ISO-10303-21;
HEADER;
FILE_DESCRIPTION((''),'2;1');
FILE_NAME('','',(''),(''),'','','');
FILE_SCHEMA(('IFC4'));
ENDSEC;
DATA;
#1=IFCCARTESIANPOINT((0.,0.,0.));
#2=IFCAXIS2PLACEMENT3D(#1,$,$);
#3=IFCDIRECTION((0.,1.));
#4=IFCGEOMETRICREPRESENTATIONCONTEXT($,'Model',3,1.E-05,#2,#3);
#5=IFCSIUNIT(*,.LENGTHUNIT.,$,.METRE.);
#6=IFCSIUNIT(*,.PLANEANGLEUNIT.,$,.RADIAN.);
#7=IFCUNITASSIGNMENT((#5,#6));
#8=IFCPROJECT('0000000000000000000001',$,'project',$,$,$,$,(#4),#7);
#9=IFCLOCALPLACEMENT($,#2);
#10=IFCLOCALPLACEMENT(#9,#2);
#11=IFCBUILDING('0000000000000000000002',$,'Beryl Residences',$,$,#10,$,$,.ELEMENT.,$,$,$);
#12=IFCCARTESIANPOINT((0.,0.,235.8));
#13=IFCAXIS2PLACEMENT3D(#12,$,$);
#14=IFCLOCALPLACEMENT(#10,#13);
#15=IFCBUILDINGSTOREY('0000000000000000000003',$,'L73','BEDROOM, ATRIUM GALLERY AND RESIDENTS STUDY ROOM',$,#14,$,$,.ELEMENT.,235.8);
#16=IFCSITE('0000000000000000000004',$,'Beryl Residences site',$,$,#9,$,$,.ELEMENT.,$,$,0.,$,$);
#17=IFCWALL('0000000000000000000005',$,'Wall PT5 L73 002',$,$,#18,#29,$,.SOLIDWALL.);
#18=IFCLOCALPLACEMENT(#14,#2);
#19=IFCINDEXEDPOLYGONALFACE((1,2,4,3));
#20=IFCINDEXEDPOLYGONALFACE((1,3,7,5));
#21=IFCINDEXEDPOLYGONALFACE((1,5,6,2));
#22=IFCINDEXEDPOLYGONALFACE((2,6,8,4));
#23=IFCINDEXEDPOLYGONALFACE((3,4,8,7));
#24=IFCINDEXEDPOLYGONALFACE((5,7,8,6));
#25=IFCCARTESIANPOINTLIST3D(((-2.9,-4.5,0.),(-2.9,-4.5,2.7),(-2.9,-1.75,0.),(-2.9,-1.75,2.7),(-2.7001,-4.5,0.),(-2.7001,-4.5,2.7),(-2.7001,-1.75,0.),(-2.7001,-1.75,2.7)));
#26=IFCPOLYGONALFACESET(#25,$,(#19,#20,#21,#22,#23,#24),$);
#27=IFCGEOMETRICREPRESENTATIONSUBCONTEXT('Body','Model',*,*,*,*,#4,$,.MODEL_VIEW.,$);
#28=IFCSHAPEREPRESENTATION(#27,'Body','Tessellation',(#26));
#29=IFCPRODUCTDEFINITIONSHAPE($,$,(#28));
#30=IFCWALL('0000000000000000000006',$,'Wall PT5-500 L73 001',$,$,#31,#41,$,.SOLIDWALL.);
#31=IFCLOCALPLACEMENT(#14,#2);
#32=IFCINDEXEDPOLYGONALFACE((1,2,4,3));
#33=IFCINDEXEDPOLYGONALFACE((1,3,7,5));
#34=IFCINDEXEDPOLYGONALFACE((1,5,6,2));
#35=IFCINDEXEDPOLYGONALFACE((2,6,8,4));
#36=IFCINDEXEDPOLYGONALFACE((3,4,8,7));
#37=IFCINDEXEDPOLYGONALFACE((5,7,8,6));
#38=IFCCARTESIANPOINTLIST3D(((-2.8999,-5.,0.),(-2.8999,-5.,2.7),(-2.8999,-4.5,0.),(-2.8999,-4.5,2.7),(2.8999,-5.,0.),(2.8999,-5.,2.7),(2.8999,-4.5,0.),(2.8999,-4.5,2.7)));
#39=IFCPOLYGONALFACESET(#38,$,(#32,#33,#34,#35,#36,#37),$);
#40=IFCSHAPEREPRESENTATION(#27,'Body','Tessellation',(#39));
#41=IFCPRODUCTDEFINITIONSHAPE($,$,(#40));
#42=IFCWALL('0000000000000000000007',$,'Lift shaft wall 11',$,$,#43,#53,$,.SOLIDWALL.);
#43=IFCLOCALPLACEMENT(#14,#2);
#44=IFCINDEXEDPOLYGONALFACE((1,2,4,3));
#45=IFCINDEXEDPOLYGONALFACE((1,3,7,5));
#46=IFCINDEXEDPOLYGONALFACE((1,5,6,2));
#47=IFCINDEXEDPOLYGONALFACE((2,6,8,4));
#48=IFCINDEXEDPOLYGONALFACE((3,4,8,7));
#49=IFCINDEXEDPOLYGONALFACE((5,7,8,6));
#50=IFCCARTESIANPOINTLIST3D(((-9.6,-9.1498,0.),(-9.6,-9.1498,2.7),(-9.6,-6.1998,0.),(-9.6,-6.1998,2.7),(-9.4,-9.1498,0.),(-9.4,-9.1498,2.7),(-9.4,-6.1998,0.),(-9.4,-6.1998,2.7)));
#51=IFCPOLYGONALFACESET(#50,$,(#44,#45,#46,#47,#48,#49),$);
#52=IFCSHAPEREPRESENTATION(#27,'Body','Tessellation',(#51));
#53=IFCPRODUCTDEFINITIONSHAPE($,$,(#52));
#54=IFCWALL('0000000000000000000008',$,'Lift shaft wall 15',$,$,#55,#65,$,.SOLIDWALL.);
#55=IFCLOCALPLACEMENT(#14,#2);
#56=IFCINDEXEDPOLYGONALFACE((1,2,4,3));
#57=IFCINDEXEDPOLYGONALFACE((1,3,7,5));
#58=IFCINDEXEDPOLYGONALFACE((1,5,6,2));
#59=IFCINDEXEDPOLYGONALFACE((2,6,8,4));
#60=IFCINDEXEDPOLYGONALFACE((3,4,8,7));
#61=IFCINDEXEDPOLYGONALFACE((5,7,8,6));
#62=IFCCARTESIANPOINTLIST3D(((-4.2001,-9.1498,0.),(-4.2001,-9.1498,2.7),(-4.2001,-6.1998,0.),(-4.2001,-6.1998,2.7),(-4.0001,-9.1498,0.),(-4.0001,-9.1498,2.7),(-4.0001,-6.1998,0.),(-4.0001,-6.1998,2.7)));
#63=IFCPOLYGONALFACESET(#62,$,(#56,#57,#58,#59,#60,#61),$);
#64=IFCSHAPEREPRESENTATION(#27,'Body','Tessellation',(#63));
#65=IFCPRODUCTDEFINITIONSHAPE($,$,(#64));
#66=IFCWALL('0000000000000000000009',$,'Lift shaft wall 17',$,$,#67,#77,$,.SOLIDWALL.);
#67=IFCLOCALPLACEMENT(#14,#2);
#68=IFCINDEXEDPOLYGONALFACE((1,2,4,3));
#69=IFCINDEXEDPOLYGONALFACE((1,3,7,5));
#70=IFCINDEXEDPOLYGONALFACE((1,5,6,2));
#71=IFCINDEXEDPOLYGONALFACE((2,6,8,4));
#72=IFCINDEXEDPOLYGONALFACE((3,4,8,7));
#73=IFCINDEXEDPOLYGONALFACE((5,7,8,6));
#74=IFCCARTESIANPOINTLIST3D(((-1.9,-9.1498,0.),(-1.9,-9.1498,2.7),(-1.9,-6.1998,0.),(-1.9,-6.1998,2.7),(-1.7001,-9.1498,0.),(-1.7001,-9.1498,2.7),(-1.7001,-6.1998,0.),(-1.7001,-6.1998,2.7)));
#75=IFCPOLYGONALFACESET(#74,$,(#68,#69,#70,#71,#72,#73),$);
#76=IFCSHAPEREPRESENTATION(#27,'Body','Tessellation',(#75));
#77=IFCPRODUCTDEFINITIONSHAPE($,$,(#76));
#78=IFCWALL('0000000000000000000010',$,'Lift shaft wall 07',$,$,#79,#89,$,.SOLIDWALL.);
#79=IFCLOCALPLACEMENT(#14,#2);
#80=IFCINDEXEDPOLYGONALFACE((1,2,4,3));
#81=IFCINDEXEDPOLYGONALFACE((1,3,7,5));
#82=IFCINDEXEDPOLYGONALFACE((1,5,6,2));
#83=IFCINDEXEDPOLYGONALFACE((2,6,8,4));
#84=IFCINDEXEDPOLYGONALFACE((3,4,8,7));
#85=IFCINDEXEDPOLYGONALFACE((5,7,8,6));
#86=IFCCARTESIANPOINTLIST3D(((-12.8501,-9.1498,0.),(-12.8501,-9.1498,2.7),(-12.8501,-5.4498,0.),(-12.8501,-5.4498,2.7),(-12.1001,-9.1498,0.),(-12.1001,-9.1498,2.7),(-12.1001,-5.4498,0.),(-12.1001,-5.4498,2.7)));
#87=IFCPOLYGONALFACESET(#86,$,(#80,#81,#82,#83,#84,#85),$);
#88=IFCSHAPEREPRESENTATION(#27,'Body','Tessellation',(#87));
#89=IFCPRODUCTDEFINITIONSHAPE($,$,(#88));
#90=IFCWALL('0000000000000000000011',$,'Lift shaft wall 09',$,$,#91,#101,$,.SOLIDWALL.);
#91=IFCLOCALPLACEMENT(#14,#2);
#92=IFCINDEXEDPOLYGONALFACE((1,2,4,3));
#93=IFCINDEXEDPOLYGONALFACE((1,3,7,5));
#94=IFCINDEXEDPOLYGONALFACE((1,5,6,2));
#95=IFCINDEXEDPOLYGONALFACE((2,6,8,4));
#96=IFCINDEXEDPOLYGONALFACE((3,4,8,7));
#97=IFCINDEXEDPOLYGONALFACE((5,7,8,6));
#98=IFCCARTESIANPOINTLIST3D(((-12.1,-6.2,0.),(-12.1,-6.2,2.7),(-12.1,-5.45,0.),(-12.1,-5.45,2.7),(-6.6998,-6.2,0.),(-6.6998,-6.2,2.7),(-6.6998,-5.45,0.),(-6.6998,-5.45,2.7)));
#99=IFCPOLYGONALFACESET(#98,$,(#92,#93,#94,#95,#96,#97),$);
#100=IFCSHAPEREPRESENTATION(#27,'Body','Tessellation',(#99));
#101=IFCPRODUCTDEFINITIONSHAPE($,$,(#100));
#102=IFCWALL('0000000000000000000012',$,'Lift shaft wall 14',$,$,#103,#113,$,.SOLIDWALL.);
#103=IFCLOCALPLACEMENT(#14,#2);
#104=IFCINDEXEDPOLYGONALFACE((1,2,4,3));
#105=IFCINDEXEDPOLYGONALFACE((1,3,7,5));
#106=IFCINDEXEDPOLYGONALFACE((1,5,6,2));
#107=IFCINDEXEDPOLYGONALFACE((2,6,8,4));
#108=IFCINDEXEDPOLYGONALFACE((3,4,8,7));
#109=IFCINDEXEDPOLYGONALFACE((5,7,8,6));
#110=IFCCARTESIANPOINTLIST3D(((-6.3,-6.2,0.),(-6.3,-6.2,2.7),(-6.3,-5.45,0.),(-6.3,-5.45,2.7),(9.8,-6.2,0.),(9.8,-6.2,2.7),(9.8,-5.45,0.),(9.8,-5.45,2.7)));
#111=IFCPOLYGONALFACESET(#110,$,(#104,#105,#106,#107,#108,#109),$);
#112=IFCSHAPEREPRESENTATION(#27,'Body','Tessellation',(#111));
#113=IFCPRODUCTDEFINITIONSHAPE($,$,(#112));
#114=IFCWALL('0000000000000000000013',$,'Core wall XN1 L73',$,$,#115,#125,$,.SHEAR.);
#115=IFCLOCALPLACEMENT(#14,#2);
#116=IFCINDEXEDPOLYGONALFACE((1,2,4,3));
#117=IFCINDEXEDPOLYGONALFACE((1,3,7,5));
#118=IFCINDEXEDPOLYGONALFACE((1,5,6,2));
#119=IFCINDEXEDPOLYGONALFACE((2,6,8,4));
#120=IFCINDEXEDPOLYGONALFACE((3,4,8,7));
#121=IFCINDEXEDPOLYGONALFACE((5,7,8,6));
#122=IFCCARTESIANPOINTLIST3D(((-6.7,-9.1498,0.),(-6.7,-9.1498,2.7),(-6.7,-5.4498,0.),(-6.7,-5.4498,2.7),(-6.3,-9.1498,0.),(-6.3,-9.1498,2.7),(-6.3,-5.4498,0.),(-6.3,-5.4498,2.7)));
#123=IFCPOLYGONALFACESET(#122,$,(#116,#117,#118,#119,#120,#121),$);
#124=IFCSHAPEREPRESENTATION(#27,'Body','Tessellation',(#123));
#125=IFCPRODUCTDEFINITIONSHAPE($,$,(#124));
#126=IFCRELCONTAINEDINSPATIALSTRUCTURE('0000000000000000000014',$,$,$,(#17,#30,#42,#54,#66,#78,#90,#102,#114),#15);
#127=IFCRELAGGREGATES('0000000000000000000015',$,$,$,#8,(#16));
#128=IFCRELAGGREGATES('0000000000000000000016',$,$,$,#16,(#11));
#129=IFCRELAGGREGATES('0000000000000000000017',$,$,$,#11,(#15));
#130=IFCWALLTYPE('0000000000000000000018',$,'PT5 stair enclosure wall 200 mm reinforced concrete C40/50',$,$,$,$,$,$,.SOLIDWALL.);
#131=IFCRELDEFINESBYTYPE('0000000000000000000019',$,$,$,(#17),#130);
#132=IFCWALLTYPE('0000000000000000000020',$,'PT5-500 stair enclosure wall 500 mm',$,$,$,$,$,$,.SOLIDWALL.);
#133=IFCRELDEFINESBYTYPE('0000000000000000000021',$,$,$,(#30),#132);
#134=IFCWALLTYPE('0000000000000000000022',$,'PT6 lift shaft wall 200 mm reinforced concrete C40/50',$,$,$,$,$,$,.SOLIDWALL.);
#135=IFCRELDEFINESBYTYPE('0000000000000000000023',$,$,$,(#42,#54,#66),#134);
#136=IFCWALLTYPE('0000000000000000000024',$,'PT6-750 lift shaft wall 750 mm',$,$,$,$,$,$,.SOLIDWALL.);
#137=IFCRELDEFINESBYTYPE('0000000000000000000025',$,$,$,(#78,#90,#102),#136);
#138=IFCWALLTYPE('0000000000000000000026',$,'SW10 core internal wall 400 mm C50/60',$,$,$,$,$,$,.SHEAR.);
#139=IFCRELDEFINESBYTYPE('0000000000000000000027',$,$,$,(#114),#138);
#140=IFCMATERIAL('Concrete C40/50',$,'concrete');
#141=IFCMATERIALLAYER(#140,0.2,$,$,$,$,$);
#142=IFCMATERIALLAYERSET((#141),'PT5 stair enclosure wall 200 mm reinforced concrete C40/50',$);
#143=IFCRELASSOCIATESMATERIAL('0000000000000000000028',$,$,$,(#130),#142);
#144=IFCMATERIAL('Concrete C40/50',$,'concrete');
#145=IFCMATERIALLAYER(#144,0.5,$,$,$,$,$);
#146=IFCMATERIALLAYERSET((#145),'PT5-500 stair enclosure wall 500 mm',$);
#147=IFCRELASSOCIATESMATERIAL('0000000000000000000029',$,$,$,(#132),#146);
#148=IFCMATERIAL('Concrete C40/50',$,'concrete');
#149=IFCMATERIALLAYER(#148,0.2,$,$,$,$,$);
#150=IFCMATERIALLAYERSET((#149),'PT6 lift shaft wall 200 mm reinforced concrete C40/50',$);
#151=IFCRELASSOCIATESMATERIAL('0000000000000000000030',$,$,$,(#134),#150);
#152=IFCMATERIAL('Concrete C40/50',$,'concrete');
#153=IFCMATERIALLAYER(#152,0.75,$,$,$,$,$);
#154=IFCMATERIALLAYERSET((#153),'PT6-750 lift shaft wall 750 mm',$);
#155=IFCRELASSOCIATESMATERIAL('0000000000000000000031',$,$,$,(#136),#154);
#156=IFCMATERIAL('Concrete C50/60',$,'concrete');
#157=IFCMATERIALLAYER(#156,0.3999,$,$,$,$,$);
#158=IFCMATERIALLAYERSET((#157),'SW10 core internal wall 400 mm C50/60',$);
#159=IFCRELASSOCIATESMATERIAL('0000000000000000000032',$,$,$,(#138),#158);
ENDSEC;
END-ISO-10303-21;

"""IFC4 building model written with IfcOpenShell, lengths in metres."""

from ifc_helpers import new_model, si_unit, direction, frame, frame_2d, origin, place, context, subcontext, project, spatial, rectangle, extrude, material, layer, layer_set, type_object, element, save


model = new_model("IFC4")

# Units and contexts
model_context = context("Model", 3, precision=1e-05, world=origin(), true_north=direction((0.0, 1.0)))
body_context = subcontext(model_context, "Body", "Model", "MODEL_VIEW")
ifc_project = project(units=[si_unit("LENGTHUNIT", "METRE"), si_unit("PLANEANGLEUNIT", "RADIAN")], contexts=[model_context])

# Site, building, storey
site_placement = place(None, origin())
site = spatial("IfcSite", under=ifc_project, at=site_placement, Name="Beryl Residences site", CompositionType="ELEMENT", RefElevation=0.0)
building_placement = place(site_placement, origin())
building = spatial("IfcBuilding", under=site, at=building_placement, Name="Beryl Residences", CompositionType="ELEMENT")
storey_placement = place(building_placement, frame((0.0, 0.0, 235.8)))
storey = spatial("IfcBuildingStorey", under=building, at=storey_placement, Name="L73", Description="BEDROOM, ATRIUM GALLERY AND RESIDENTS STUDY ROOM", CompositionType="ELEMENT", Elevation=235.8)

# Walls
ifc_material_1 = material(Name="Concrete C40/50", Category="concrete")
ifc_layer_1 = layer(ifc_material_1, 0.2)
ifc_layer_set_1 = layer_set([ifc_layer_1], Name="PT5 stair enclosure wall 200 mm reinforced concrete C40/50")
wall_type_1 = type_object("IfcWallType", Name="PT5 stair enclosure wall 200 mm reinforced concrete C40/50", PredefinedType="SOLIDWALL", material=ifc_layer_set_1)
wall_1_placement = place(storey_placement, frame((-2.8, -4.5, 0.0), z_axis=(0.0, 0.0, 1.0), x_axis=(0.0, 1.0, 0.0)))
element("IfcWall", 1, at=wall_1_placement, inside=storey, type_object=wall_type_1, Name="Wall PT5 L73 002", PredefinedType="SOLIDWALL", context=body_context, shape_type="SweptSolid", body=[
    extrude(rectangle(XDim=2.75, YDim=0.2, at=frame_2d((1.375, 0.0))), origin(), (0.0, 0.0, 1.0), 2.7),
])
ifc_material_2 = material(Name="Concrete C40/50", Category="concrete")
ifc_layer_2 = layer(ifc_material_2, 0.5)
ifc_layer_set_2 = layer_set([ifc_layer_2], Name="PT5-500 stair enclosure wall 500 mm")
wall_type_2 = type_object("IfcWallType", Name="PT5-500 stair enclosure wall 500 mm", PredefinedType="SOLIDWALL", material=ifc_layer_set_2)
wall_2_placement = place(storey_placement, frame((-2.8999, -4.75, 0.0), z_axis=(0.0, 0.0, 1.0), x_axis=(1.0, 0.0, 0.0)))
element("IfcWall", 2, at=wall_2_placement, inside=storey, type_object=wall_type_2, Name="Wall PT5-500 L73 001", PredefinedType="SOLIDWALL", context=body_context, shape_type="SweptSolid", body=[
    extrude(rectangle(XDim=5.7998, YDim=0.5, at=frame_2d((2.8999, 0.0))), origin(), (0.0, 0.0, 1.0), 2.7),
])
ifc_material_3 = material(Name="Concrete C40/50", Category="concrete")
ifc_layer_3 = layer(ifc_material_3, 0.2)
ifc_layer_set_3 = layer_set([ifc_layer_3], Name="PT6 lift shaft wall 200 mm reinforced concrete C40/50")
wall_type_3 = type_object("IfcWallType", Name="PT6 lift shaft wall 200 mm reinforced concrete C40/50", PredefinedType="SOLIDWALL", material=ifc_layer_set_3)
for number, where, z_axis, x_axis, name in (
    (3, (-9.5, -9.1499, 0.0), (0.0, 0.0, 1.0), (0.0, 1.0, 0.0), "Lift shaft wall 11"),
    (4, (-4.1001, -9.1499, 0.0), (0.0, 0.0, 1.0), (0.0, 1.0, 0.0), "Lift shaft wall 15"),
    (5, (-1.8, -9.1499, 0.0), (0.0, 0.0, 1.0), (0.0, 1.0, 0.0), "Lift shaft wall 17"),
):
    element("IfcWall", number, at=place(storey_placement, frame(where, z_axis=z_axis, x_axis=x_axis)), inside=storey, type_object=wall_type_3, Name=name, PredefinedType="SOLIDWALL", context=body_context, shape_type="SweptSolid", body=[
        extrude(rectangle(XDim=2.95, YDim=0.2, at=frame_2d((1.4751, 0.0))), origin(), (0.0, 0.0, 1.0), 2.7),
    ])
ifc_material_4 = material(Name="Concrete C40/50", Category="concrete")
ifc_layer_4 = layer(ifc_material_4, 0.75)
ifc_layer_set_4 = layer_set([ifc_layer_4], Name="PT6-750 lift shaft wall 750 mm")
wall_type_4 = type_object("IfcWallType", Name="PT6-750 lift shaft wall 750 mm", PredefinedType="SOLIDWALL", material=ifc_layer_set_4)
wall_3_placement = place(storey_placement, frame((-12.4751, -9.1499, 0.0), z_axis=(0.0, 0.0, 1.0), x_axis=(0.0, 1.0, 0.0)))
element("IfcWall", 6, at=wall_3_placement, inside=storey, type_object=wall_type_4, Name="Lift shaft wall 07", PredefinedType="SOLIDWALL", context=body_context, shape_type="SweptSolid", body=[
    extrude(rectangle(XDim=3.7, YDim=0.75, at=frame_2d((1.8501, 0.0))), origin(), (0.0, 0.0, 1.0), 2.7),
])
wall_4_placement = place(storey_placement, frame((-12.1001, -5.825, 0.0), z_axis=(0.0, 0.0, 1.0), x_axis=(1.0, 0.0, 0.0)))
element("IfcWall", 7, at=wall_4_placement, inside=storey, type_object=wall_type_4, Name="Lift shaft wall 09", PredefinedType="SOLIDWALL", context=body_context, shape_type="SweptSolid", body=[
    extrude(rectangle(XDim=5.4001, YDim=0.75, at=frame_2d((2.7002, 0.0))), origin(), (0.0, 0.0, 1.0), 2.7),
])
wall_5_placement = place(storey_placement, frame((-6.3, -5.825, 0.0), z_axis=(0.0, 0.0, 1.0), x_axis=(1.0, 0.0, 0.0)))
element("IfcWall", 8, at=wall_5_placement, inside=storey, type_object=wall_type_4, Name="Lift shaft wall 14", PredefinedType="SOLIDWALL", context=body_context, shape_type="SweptSolid", body=[
    extrude(rectangle(XDim=16.1001, YDim=0.75, at=frame_2d((8.05, 0.0))), origin(), (0.0, 0.0, 1.0), 2.7),
])
ifc_material_5 = material(Name="Concrete C50/60", Category="concrete")
ifc_layer_5 = layer(ifc_material_5, 0.3999)
ifc_layer_set_5 = layer_set([ifc_layer_5], Name="SW10 core internal wall 400 mm C50/60")
wall_type_5 = type_object("IfcWallType", Name="SW10 core internal wall 400 mm C50/60", PredefinedType="SHEAR", material=ifc_layer_set_5)
wall_6_placement = place(storey_placement, frame((-6.5, -9.1499, 0.0), z_axis=(0.0, 0.0, 1.0), x_axis=(0.0, 1.0, 0.0)))
element("IfcWall", 9, at=wall_6_placement, inside=storey, type_object=wall_type_5, Name="Core wall XN1 L73", PredefinedType="SHEAR", context=body_context, shape_type="SweptSolid", body=[
    extrude(rectangle(XDim=3.7, YDim=0.3999, at=frame_2d((1.8501, 0.0))), origin(), (0.0, 0.0, 1.0), 2.7),
])

save(model, "model.ifc")
